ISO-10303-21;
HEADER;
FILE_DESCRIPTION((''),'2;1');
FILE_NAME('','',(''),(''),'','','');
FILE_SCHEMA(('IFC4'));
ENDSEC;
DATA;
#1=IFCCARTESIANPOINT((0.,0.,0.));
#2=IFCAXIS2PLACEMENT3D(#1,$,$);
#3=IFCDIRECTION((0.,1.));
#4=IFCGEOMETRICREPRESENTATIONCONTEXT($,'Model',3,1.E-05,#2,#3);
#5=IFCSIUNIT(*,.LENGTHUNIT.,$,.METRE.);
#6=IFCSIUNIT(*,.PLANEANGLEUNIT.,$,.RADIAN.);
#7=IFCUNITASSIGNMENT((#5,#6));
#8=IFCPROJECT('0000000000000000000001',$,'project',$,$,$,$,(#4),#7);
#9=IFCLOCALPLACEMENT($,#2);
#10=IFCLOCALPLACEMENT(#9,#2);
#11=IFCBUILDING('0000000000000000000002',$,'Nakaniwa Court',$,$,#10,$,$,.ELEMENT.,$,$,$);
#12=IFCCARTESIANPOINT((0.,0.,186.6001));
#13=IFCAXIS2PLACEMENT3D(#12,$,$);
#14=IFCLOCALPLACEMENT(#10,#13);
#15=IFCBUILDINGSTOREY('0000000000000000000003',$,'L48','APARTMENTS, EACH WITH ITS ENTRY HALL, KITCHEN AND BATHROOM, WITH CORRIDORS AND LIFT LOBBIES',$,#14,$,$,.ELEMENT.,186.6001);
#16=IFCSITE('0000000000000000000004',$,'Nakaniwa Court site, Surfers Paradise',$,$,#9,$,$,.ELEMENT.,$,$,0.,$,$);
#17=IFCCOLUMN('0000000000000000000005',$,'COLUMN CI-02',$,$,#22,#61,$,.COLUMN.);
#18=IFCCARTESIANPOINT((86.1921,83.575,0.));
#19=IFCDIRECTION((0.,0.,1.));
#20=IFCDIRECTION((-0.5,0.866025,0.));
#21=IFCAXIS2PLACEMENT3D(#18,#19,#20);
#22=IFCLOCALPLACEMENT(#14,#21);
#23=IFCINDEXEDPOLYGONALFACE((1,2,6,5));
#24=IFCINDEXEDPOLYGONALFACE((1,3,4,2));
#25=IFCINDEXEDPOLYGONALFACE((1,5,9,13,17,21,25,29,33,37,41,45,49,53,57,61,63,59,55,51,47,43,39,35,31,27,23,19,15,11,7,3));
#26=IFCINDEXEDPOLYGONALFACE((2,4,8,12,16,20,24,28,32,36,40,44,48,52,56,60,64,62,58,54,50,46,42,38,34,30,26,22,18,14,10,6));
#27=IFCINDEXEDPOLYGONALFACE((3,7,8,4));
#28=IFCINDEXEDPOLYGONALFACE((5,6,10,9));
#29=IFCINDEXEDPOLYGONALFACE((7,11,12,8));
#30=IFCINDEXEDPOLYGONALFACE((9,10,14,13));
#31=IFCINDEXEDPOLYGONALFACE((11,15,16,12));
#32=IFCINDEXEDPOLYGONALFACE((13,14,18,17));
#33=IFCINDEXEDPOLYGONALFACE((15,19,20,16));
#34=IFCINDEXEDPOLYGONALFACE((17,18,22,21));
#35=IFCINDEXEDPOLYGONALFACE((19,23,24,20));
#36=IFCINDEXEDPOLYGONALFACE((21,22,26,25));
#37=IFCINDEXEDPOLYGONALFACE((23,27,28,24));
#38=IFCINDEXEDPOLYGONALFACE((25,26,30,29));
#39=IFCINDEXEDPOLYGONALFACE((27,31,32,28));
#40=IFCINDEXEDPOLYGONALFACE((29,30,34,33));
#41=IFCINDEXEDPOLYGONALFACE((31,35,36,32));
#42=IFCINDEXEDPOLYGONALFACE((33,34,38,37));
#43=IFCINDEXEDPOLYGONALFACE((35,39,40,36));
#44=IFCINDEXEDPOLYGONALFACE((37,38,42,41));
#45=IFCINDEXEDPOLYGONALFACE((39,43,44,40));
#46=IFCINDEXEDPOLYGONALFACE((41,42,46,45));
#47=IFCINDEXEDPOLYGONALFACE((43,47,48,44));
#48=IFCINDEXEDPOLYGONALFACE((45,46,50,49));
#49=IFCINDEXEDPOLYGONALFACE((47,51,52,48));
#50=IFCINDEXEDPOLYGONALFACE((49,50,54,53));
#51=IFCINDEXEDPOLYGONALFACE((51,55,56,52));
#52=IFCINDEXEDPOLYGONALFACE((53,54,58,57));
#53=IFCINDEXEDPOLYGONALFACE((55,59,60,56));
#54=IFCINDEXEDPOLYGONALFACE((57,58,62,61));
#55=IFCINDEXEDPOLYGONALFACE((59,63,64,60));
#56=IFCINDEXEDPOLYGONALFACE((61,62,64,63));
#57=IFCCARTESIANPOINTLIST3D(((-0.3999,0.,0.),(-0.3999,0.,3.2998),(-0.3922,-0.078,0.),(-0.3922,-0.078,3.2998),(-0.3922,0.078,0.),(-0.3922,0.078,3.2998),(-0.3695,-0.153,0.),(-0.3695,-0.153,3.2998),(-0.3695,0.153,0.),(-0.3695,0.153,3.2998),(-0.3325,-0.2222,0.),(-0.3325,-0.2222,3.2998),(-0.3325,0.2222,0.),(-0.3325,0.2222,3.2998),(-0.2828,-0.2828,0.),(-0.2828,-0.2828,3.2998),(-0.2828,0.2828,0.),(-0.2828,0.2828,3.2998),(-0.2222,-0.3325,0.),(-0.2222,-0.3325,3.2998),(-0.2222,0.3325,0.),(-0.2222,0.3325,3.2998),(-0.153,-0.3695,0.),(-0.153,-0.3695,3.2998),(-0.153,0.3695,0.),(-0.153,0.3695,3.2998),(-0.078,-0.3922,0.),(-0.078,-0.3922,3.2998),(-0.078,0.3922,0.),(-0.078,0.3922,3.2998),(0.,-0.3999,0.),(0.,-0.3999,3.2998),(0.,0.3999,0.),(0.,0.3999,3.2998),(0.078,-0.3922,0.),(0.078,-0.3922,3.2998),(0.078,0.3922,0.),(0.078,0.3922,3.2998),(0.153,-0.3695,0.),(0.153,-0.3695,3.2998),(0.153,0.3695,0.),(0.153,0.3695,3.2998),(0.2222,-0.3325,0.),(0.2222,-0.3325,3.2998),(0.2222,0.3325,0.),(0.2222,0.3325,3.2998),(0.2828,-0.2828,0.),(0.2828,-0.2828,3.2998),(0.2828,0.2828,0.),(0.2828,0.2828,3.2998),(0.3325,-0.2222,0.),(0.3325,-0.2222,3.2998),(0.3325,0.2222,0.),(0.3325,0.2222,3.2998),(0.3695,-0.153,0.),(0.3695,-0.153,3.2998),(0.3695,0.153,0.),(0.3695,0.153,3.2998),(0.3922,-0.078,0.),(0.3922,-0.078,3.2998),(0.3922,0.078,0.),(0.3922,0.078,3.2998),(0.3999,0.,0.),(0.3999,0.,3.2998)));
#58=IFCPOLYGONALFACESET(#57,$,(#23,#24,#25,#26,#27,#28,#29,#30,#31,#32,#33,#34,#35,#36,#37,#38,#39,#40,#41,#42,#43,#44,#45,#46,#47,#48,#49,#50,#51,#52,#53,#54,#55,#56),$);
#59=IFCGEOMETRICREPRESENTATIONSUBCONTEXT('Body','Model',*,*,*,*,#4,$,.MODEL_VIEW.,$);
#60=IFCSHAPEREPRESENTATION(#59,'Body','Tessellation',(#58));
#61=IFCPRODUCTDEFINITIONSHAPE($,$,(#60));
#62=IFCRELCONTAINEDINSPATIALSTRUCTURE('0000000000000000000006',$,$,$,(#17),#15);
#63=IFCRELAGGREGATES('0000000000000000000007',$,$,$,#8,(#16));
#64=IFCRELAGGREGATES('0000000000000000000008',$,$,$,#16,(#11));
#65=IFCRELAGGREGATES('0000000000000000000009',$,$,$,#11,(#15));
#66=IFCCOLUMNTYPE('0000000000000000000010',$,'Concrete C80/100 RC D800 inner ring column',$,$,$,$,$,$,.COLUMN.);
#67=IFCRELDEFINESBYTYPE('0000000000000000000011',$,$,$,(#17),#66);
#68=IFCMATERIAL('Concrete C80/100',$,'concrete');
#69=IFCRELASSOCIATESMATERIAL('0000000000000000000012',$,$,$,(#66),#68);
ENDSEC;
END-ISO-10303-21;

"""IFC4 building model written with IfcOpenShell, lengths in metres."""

from ifc_helpers import new_model, si_unit, direction, frame, origin, origin_2d, place, context, subcontext, project, spatial, circle, extrude, material, material_profile, profile_set, type_object, element, save


model = new_model("IFC4")

# Units and contexts
model_context = context("Model", 3, precision=1e-05, world=origin(), true_north=direction((0.0, 1.0)))
body_context = subcontext(model_context, "Body", "Model", "MODEL_VIEW")
ifc_project = project(units=[si_unit("LENGTHUNIT", "METRE"), si_unit("PLANEANGLEUNIT", "RADIAN")], contexts=[model_context])

# Site, building, storey
site_placement = place(None, origin())
site = spatial("IfcSite", under=ifc_project, at=site_placement, Name="Nakaniwa Court site, Surfers Paradise", CompositionType="ELEMENT", RefElevation=0.0)
building_placement = place(site_placement, origin())
building = spatial("IfcBuilding", under=site, at=building_placement, Name="Nakaniwa Court", CompositionType="ELEMENT")
storey_placement = place(building_placement, frame((0.0, 0.0, 186.6001)))
storey = spatial("IfcBuildingStorey", under=building, at=storey_placement, Name="L48", Description="APARTMENTS, EACH WITH ITS ENTRY HALL, KITCHEN AND BATHROOM, WITH CORRIDORS AND LIFT LOBBIES", CompositionType="ELEMENT", Elevation=186.6001)

# Column
ifc_material_1 = material(Name="Concrete C80/100", Category="concrete")
ifc_material_profile_1 = material_profile(ifc_material_1, circle(Radius=0.3999, at=origin_2d()), Name="Concrete C80/100 RC D800 inner ring column")
ifc_profile_set_1 = profile_set([ifc_material_profile_1], Name="Concrete C80/100")
column_type_1 = type_object("IfcColumnType", Name="Concrete C80/100 RC D800 inner ring column", PredefinedType="COLUMN", material=ifc_profile_set_1)
for number, where, z_axis, x_axis, name in (
    (1, (86.1921, 83.575, 0.0), (0.0, 0.0, 1.0), (-0.5, 0.866025, 0.0), "COLUMN CI-02"),
):
    element("IfcColumn", number, at=place(storey_placement, frame(where, z_axis=z_axis, x_axis=x_axis)), inside=storey, type_object=column_type_1, Name=name, PredefinedType="COLUMN", context=body_context, shape_type="SweptSolid", body=[
        extrude(circle(Radius=0.3999, at=origin_2d()), origin(), (0.0, 0.0, 1.0), 3.2998),
    ])

save(model, "model.ifc")
